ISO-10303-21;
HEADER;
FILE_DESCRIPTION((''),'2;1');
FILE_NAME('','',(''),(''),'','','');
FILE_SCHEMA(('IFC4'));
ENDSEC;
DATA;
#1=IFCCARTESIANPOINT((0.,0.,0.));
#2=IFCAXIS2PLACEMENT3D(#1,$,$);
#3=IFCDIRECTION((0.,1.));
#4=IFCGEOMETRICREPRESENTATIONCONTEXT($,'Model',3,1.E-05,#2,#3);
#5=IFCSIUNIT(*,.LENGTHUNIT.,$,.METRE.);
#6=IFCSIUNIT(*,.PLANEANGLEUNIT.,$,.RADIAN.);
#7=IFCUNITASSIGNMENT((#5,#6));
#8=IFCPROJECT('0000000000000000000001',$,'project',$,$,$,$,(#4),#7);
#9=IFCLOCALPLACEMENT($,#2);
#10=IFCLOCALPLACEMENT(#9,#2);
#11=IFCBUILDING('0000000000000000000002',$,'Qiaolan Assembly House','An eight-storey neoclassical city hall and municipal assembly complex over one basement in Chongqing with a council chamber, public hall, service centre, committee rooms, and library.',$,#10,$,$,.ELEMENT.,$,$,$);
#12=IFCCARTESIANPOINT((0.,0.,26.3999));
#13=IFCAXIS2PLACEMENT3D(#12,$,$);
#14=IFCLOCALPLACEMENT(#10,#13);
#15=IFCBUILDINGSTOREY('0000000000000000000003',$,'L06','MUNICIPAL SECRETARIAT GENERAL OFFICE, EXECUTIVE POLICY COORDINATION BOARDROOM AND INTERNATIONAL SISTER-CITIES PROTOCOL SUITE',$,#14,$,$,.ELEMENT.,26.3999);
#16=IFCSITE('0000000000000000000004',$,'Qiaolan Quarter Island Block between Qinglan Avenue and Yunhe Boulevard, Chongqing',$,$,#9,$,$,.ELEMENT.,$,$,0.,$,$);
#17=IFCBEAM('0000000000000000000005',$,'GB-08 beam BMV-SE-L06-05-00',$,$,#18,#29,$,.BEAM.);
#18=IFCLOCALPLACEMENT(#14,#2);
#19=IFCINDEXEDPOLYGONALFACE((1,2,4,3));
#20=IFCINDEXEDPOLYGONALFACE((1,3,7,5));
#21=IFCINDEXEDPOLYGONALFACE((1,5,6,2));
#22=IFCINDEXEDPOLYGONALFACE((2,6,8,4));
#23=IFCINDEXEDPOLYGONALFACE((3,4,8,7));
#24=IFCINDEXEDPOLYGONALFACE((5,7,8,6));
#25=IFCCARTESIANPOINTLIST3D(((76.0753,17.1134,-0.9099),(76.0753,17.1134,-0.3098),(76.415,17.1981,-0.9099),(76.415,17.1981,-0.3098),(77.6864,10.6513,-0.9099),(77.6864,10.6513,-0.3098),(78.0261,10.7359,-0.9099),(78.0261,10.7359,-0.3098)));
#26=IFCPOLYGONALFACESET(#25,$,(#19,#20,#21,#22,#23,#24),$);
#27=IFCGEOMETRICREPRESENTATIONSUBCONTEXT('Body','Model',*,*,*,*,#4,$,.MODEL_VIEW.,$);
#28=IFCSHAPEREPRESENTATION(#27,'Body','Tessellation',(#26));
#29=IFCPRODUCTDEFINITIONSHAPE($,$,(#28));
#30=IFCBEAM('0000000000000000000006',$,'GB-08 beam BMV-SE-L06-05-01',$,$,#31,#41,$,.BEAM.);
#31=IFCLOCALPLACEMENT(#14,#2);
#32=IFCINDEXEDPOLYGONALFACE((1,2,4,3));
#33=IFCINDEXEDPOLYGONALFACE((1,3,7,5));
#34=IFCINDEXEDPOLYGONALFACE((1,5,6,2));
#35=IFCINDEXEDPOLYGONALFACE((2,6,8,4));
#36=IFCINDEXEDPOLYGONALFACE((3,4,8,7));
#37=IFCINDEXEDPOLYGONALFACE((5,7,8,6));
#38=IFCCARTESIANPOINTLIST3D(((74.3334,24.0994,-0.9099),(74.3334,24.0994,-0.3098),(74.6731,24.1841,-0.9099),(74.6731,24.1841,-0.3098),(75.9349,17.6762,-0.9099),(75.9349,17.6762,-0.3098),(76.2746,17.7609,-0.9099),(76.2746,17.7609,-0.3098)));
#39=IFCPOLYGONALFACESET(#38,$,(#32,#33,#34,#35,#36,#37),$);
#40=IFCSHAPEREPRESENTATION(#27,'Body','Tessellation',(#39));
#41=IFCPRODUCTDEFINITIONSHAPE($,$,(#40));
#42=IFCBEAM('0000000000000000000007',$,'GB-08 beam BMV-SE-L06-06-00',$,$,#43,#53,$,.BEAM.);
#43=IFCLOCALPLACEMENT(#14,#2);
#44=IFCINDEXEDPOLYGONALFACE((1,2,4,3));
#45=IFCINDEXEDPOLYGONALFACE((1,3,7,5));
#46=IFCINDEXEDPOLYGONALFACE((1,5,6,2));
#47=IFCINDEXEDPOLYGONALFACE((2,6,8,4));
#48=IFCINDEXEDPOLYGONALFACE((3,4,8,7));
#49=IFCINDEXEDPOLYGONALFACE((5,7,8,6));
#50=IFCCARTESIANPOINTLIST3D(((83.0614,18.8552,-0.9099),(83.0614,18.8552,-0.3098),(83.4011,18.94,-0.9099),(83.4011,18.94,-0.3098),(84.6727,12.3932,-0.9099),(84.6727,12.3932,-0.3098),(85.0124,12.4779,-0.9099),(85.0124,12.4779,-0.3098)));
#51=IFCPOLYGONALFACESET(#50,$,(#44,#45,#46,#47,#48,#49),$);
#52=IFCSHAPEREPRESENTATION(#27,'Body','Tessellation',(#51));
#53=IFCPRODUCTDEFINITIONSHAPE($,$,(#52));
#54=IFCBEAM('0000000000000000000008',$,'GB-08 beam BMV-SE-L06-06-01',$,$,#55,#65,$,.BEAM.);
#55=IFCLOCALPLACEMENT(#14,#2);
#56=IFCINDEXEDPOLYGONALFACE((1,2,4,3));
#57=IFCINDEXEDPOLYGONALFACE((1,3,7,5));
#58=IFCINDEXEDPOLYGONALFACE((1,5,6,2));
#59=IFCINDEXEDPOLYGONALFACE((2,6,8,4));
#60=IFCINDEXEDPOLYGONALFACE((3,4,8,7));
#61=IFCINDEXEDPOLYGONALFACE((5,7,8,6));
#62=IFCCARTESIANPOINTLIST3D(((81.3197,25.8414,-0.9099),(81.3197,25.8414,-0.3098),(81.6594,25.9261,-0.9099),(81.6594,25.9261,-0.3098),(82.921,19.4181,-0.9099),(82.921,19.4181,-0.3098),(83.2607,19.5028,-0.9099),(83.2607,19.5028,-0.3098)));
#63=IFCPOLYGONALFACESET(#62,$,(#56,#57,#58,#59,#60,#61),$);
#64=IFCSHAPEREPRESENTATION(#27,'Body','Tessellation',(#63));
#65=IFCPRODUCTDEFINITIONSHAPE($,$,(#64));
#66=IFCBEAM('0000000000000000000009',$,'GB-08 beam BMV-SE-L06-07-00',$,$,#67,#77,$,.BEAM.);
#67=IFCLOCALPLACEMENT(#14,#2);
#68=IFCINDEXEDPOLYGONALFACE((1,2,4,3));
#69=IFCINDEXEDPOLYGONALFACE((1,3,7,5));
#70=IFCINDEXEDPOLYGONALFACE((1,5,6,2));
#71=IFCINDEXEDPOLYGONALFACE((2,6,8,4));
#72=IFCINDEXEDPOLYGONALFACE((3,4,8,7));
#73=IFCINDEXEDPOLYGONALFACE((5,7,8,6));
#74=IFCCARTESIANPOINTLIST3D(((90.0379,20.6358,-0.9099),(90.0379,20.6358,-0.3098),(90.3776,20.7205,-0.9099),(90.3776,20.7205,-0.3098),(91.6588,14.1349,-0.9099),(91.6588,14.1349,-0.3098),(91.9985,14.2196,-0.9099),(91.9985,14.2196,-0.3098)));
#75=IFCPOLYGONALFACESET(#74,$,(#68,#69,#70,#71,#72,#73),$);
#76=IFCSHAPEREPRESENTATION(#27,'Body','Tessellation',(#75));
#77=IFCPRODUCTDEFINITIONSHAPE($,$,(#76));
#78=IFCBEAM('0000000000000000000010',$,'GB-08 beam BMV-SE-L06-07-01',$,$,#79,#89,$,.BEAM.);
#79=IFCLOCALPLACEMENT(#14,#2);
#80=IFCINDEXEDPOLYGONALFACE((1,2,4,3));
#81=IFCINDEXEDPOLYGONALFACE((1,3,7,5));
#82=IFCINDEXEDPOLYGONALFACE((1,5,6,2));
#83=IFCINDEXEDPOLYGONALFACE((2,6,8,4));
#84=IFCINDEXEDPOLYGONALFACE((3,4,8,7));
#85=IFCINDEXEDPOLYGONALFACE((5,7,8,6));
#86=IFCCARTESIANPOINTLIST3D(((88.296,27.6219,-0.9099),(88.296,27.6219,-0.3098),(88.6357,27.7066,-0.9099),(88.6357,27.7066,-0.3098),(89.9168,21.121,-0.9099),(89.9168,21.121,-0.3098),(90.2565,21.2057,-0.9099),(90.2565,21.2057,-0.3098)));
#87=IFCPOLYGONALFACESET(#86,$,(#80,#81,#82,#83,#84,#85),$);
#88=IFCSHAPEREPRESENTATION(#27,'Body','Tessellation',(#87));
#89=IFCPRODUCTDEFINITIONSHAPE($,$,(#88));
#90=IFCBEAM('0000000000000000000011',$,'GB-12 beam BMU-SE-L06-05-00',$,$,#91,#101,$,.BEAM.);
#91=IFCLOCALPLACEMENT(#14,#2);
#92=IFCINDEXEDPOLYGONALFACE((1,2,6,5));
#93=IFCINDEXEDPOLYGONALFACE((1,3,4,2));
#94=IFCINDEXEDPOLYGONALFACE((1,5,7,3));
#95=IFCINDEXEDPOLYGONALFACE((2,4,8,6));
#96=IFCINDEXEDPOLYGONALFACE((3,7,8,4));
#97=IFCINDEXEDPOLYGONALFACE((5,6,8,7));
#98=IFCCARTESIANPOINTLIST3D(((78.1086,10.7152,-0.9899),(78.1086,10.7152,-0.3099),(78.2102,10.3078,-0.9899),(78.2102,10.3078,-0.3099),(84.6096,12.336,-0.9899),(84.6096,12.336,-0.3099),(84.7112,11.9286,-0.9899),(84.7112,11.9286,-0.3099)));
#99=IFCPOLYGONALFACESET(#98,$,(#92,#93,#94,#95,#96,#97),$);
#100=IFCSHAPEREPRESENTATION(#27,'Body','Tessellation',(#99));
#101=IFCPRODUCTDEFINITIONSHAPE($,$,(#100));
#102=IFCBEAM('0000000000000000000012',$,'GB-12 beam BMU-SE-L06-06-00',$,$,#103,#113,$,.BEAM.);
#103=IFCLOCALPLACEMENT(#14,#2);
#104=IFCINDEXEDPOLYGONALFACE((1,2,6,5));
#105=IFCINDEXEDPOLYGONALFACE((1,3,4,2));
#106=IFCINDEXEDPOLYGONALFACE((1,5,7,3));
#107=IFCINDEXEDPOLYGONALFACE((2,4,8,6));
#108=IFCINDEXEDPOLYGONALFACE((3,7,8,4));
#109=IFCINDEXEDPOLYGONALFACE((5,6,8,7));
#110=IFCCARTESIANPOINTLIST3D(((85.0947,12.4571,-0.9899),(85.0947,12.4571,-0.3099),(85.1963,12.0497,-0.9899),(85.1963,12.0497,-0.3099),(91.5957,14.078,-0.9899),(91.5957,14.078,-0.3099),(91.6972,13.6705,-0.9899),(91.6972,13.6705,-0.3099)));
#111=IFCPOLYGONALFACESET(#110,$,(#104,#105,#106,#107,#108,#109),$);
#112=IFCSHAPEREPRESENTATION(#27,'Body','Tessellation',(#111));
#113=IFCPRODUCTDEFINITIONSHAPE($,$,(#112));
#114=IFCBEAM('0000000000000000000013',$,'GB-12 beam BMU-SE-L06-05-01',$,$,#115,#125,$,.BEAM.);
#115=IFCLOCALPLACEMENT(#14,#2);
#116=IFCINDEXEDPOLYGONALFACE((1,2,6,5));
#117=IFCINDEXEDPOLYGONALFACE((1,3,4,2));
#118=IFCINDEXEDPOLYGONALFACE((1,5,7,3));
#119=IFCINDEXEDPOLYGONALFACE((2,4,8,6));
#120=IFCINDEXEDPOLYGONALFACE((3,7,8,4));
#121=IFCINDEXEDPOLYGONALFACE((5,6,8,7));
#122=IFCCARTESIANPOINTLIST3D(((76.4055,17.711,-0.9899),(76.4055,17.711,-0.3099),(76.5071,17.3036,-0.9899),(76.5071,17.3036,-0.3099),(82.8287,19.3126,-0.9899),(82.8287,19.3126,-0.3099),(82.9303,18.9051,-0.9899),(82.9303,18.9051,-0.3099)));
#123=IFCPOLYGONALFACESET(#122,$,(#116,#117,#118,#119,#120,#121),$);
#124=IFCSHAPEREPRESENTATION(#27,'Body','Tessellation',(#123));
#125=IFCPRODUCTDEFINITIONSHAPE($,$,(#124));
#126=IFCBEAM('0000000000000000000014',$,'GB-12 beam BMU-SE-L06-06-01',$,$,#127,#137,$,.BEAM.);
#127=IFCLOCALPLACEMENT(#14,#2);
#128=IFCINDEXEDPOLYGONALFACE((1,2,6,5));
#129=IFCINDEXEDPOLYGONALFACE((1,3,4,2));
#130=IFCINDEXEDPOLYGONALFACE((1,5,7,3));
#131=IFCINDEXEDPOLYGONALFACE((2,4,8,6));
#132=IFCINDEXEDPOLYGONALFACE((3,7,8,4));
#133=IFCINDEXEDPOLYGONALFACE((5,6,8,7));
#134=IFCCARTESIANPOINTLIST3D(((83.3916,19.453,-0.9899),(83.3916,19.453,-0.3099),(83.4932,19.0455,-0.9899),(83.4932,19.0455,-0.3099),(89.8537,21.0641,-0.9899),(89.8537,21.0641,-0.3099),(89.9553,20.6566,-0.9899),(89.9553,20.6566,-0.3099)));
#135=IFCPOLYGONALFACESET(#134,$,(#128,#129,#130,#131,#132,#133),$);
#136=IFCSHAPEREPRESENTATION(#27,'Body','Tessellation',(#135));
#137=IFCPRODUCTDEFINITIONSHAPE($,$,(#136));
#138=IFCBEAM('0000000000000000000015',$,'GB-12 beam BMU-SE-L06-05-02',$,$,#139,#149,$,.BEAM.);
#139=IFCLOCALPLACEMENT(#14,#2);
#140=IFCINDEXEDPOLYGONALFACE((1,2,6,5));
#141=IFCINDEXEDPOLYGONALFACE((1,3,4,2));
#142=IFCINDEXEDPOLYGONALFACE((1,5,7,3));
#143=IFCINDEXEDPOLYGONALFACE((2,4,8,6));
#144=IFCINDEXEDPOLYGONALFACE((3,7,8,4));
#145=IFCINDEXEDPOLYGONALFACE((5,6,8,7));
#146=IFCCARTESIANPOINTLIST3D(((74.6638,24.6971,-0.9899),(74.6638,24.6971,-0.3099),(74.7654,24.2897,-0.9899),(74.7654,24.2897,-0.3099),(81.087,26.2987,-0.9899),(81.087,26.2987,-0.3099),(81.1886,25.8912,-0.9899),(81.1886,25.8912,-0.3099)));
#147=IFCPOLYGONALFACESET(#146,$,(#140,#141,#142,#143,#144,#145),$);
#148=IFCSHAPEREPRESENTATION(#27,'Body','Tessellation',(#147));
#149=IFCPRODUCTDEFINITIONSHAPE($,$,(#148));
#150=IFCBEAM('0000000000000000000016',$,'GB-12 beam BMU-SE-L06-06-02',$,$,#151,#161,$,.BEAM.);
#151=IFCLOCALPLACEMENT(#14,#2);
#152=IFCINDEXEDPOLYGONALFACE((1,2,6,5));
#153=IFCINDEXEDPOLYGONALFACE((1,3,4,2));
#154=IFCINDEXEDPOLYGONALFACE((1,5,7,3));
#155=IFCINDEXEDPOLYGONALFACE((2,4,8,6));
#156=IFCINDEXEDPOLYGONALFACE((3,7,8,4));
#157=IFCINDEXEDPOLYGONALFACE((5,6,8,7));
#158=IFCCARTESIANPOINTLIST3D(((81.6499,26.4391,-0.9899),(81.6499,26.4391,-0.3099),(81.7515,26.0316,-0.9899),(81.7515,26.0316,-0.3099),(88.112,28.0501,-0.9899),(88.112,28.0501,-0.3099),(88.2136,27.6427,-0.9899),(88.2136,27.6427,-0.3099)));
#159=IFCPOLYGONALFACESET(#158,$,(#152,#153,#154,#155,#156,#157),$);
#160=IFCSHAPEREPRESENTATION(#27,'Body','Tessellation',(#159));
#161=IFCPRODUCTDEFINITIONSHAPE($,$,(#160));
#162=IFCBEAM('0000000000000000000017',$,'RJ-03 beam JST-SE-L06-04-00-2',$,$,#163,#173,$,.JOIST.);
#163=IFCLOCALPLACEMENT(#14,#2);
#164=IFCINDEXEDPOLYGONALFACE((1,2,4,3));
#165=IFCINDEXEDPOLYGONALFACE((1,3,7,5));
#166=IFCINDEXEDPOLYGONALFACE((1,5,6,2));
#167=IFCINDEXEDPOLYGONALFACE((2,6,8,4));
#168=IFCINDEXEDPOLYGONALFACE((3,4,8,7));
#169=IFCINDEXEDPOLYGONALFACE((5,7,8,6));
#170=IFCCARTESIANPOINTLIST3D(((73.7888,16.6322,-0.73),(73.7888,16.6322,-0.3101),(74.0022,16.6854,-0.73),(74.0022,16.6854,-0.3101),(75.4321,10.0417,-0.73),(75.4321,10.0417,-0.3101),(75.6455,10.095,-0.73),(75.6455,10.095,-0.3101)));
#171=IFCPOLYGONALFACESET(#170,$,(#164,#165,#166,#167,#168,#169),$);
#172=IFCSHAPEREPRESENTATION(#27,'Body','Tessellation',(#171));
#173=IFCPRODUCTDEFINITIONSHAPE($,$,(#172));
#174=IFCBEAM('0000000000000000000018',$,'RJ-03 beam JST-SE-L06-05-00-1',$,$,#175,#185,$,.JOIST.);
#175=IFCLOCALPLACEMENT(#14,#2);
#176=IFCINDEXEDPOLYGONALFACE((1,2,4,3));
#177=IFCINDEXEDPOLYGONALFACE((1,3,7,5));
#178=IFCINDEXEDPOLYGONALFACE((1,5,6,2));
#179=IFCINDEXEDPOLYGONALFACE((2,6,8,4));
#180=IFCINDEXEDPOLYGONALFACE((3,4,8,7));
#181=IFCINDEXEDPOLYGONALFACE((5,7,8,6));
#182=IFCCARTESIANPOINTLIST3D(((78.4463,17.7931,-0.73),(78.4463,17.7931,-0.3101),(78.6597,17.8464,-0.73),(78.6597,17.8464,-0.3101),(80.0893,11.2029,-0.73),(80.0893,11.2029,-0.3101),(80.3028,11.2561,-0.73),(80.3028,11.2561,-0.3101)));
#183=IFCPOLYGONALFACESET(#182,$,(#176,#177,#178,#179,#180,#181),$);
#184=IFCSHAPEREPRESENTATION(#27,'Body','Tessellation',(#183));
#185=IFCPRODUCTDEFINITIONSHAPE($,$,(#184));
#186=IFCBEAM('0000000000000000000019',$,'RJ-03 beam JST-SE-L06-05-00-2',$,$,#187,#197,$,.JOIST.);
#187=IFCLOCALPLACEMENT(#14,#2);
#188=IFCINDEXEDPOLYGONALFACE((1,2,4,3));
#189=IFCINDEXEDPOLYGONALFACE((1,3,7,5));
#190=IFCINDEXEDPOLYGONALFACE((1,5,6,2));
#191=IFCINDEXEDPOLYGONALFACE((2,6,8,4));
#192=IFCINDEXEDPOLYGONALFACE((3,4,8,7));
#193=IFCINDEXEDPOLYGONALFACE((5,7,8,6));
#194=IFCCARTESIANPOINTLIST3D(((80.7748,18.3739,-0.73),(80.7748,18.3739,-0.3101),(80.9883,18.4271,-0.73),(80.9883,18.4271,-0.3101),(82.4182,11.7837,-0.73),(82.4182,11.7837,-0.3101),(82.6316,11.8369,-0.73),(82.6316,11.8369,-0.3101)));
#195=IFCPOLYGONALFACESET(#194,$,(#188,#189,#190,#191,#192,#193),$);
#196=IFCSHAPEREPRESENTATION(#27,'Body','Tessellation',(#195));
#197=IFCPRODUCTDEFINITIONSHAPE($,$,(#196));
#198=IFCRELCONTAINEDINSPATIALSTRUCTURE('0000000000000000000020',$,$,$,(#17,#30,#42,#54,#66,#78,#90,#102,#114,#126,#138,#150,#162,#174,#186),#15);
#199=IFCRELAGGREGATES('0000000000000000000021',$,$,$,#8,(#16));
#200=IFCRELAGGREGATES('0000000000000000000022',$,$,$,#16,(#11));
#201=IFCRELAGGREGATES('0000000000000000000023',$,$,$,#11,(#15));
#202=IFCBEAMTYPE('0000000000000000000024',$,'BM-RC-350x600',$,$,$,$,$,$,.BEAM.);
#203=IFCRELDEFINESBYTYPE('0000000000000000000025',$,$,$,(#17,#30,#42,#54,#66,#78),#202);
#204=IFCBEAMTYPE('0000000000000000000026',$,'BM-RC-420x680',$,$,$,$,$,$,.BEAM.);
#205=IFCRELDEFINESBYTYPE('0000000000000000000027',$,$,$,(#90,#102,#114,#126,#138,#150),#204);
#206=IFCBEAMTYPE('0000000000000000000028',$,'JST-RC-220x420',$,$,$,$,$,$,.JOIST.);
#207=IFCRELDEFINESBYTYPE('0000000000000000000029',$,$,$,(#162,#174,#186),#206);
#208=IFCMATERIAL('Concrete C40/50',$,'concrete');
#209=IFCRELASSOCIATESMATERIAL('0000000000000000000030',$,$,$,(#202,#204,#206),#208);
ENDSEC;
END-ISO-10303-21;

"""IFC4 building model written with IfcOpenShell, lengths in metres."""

from ifc_helpers import new_model, si_unit, direction, frame, origin, origin_2d, place, context, subcontext, project, spatial, rectangle, extrude, material, material_profile, profile_set, type_object, element, save


model = new_model("IFC4")

# Units and contexts
model_context = context("Model", 3, precision=1e-05, world=origin(), true_north=direction((0.0, 1.0)))
body_context = subcontext(model_context, "Body", "Model", "MODEL_VIEW")
ifc_project = project(units=[si_unit("LENGTHUNIT", "METRE"), si_unit("PLANEANGLEUNIT", "RADIAN")], contexts=[model_context])

# Site, building, storey
site_placement = place(None, origin())
site = spatial("IfcSite", under=ifc_project, at=site_placement, Name="Qiaolan Quarter Island Block between Qinglan Avenue and Yunhe Boulevard, Chongqing", CompositionType="ELEMENT", RefElevation=0.0)
building_placement = place(site_placement, origin())
building = spatial("IfcBuilding", under=site, at=building_placement, Name="Qiaolan Assembly House", Description="An eight-storey neoclassical city hall and municipal assembly complex over one basement in Chongqing with a council chamber, public hall, service centre, committee rooms, and library.", CompositionType="ELEMENT")
storey_placement = place(building_placement, frame((0.0, 0.0, 26.3999)))
storey = spatial("IfcBuildingStorey", under=building, at=storey_placement, Name="L06", Description="MUNICIPAL SECRETARIAT GENERAL OFFICE, EXECUTIVE POLICY COORDINATION BOARDROOM AND INTERNATIONAL SISTER-CITIES PROTOCOL SUITE", CompositionType="ELEMENT", Elevation=26.3999)

# Beams
ifc_material_1 = material(Name="Concrete C40/50", Category="concrete")
ifc_material_profile_1 = material_profile(ifc_material_1, rectangle(XDim=0.3501, YDim=0.6001, at=origin_2d()), Name="RCB 350x600")
ifc_profile_set_1 = profile_set([ifc_material_profile_1], Name="Concrete C40/50")
beam_type_1 = type_object("IfcBeamType", Name="BM-RC-350x600", PredefinedType="BEAM", material=ifc_profile_set_1)
beam_1_placement = place(storey_placement, frame((77.8562, 10.6936, -0.6099), z_axis=(-0.241906, 0.9703, 0.0), x_axis=(-0.9703, -0.241906, 0.0)))
element("IfcBeam", 1, at=beam_1_placement, inside=storey, type_object=beam_type_1, Name="GB-08 beam BMV-SE-L06-05-00", PredefinedType="BEAM", context=body_context, shape_type="SweptSolid", body=[
    extrude(rectangle(XDim=0.3501, YDim=0.6001, at=origin_2d()), origin(), (0.0, 0.0, 1.0), 6.6599),
])
beam_2_placement = place(storey_placement, frame((76.1047, 17.7185, -0.6099), z_axis=(-0.241928, 0.970294, 0.0), x_axis=(-0.970294, -0.241928, 0.0)))
element("IfcBeam", 2, at=beam_2_placement, inside=storey, type_object=beam_type_1, Name="GB-08 beam BMV-SE-L06-05-01", PredefinedType="BEAM", context=body_context, shape_type="SweptSolid", body=[
    extrude(rectangle(XDim=0.3501, YDim=0.6001, at=origin_2d()), origin(), (0.0, 0.0, 1.0), 6.6199),
])
beam_3_placement = place(storey_placement, frame((84.8425, 12.4355, -0.6099), z_axis=(-0.24194, 0.970291, 0.0), x_axis=(-0.970291, -0.24194, 0.0)))
element("IfcBeam", 3, at=beam_3_placement, inside=storey, type_object=beam_type_1, Name="GB-08 beam BMV-SE-L06-06-00", PredefinedType="BEAM", context=body_context, shape_type="SweptSolid", body=[
    extrude(rectangle(XDim=0.3501, YDim=0.6001, at=origin_2d()), origin(), (0.0, 0.0, 1.0), 6.6599),
])
beam_4_placement = place(storey_placement, frame((83.0908, 19.4604, -0.6099), z_axis=(-0.241893, 0.970303, 0.0), x_axis=(-0.970303, -0.241893, 0.0)))
element("IfcBeam", 4, at=beam_4_placement, inside=storey, type_object=beam_type_1, Name="GB-08 beam BMV-SE-L06-06-01", PredefinedType="BEAM", context=body_context, shape_type="SweptSolid", body=[
    extrude(rectangle(XDim=0.3501, YDim=0.6001, at=origin_2d()), origin(), (0.0, 0.0, 1.0), 6.6199),
])
for number, where, z_axis, x_axis, name in (
    (5, (91.8286, 14.1772, -0.6099), (-0.241918, 0.970297, 0.0), (-0.970297, -0.241918, 0.0), "GB-08 beam BMV-SE-L06-07-00"),
    (6, (90.0867, 21.1633, -0.6099), (-0.241918, 0.970297, 0.0), (-0.970297, -0.241918, 0.0), "GB-08 beam BMV-SE-L06-07-01"),
):
    element("IfcBeam", number, at=place(storey_placement, frame(where, z_axis=z_axis, x_axis=x_axis)), inside=storey, type_object=beam_type_1, Name=name, PredefinedType="BEAM", context=body_context, shape_type="SweptSolid", body=[
        extrude(rectangle(XDim=0.3501, YDim=0.6001, at=origin_2d()), origin(), (0.0, 0.0, 1.0), 6.7),
    ])
ifc_material_profile_2 = material_profile(ifc_material_1, rectangle(XDim=0.4199, YDim=0.6799, at=origin_2d()), Name="RCB 420x680")
ifc_profile_set_2 = profile_set([ifc_material_profile_2], Name="Concrete C40/50")
beam_type_2 = type_object("IfcBeamType", Name="BM-RC-420x680", PredefinedType="BEAM", material=ifc_profile_set_2)
for number, where, z_axis, x_axis, name in (
    (7, (78.1594, 10.5115, -0.6499), (0.970297, 0.241918, 0.0), (-0.241918, 0.970297, 0.0), "GB-12 beam BMU-SE-L06-05-00"),
    (8, (85.1455, 12.2534, -0.6499), (0.970297, 0.241918, 0.0), (-0.241918, 0.970297, 0.0), "GB-12 beam BMU-SE-L06-06-00"),
):
    element("IfcBeam", number, at=place(storey_placement, frame(where, z_axis=z_axis, x_axis=x_axis)), inside=storey, type_object=beam_type_2, Name=name, PredefinedType="BEAM", context=body_context, shape_type="SweptSolid", body=[
        extrude(rectangle(XDim=0.4199, YDim=0.6799, at=origin_2d()), origin(), (0.0, 0.0, 1.0), 6.7),
    ])
beam_5_placement = place(storey_placement, frame((76.4563, 17.5073, -0.6499), z_axis=(0.970294, 0.241928, 0.0), x_axis=(-0.241928, 0.970294, 0.0)))
element("IfcBeam", 9, at=beam_5_placement, inside=storey, type_object=beam_type_2, Name="GB-12 beam BMU-SE-L06-05-01", PredefinedType="BEAM", context=body_context, shape_type="SweptSolid", body=[
    extrude(rectangle(XDim=0.4199, YDim=0.6799, at=origin_2d()), origin(), (0.0, 0.0, 1.0), 6.6199),
])
beam_6_placement = place(storey_placement, frame((83.4424, 19.2493, -0.6499), z_axis=(0.9703, 0.241906, 0.0), x_axis=(-0.241906, 0.9703, 0.0)))
element("IfcBeam", 10, at=beam_6_placement, inside=storey, type_object=beam_type_2, Name="GB-12 beam BMU-SE-L06-06-01", PredefinedType="BEAM", context=body_context, shape_type="SweptSolid", body=[
    extrude(rectangle(XDim=0.4199, YDim=0.6799, at=origin_2d()), origin(), (0.0, 0.0, 1.0), 6.6599),
])
beam_7_placement = place(storey_placement, frame((74.7146, 24.4934, -0.6499), z_axis=(0.970294, 0.241928, 0.0), x_axis=(-0.241928, 0.970294, 0.0)))
element("IfcBeam", 11, at=beam_7_placement, inside=storey, type_object=beam_type_2, Name="GB-12 beam BMU-SE-L06-05-02", PredefinedType="BEAM", context=body_context, shape_type="SweptSolid", body=[
    extrude(rectangle(XDim=0.4199, YDim=0.6799, at=origin_2d()), origin(), (0.0, 0.0, 1.0), 6.6199),
])
beam_8_placement = place(storey_placement, frame((81.7007, 26.2354, -0.6499), z_axis=(0.9703, 0.241906, 0.0), x_axis=(-0.241906, 0.9703, 0.0)))
element("IfcBeam", 12, at=beam_8_placement, inside=storey, type_object=beam_type_2, Name="GB-12 beam BMU-SE-L06-06-02", PredefinedType="BEAM", context=body_context, shape_type="SweptSolid", body=[
    extrude(rectangle(XDim=0.4199, YDim=0.6799, at=origin_2d()), origin(), (0.0, 0.0, 1.0), 6.6599),
])
ifc_material_profile_3 = material_profile(ifc_material_1, rectangle(XDim=0.22, YDim=0.4199, at=origin_2d()), Name="RCB 220x420")
ifc_profile_set_3 = profile_set([ifc_material_profile_3], Name="Concrete C40/50")
beam_type_3 = type_object("IfcBeamType", Name="JST-RC-220x420", PredefinedType="JOIST", material=ifc_profile_set_3)
beam_9_placement = place(storey_placement, frame((75.5388, 10.0684, -0.52), z_axis=(-0.241944, 0.97029, 0.0), x_axis=(-0.97029, -0.241944, 0.0)))
element("IfcBeam", 13, at=beam_9_placement, inside=storey, type_object=beam_type_3, Name="RJ-03 beam JST-SE-L06-04-00-2", PredefinedType="JOIST", context=body_context, shape_type="SweptSolid", body=[
    extrude(rectangle(XDim=0.22, YDim=0.4199, at=origin_2d()), origin(), (0.0, 0.0, 1.0), 6.7922),
])
for number, where, z_axis, x_axis, name in (
    (14, (80.196, 11.2295, -0.52), (-0.24191, 0.970299, 0.0), (-0.970299, -0.24191, 0.0), "RJ-03 beam JST-SE-L06-05-00-1"),
    (15, (82.5249, 11.8103, -0.52), (-0.241952, 0.970288, 0.0), (-0.970288, -0.241952, 0.0), "RJ-03 beam JST-SE-L06-05-00-2"),
):
    element("IfcBeam", number, at=place(storey_placement, frame(where, z_axis=z_axis, x_axis=x_axis)), inside=storey, type_object=beam_type_3, Name=name, PredefinedType="JOIST", context=body_context, shape_type="SweptSolid", body=[
        extrude(rectangle(XDim=0.22, YDim=0.4199, at=origin_2d()), origin(), (0.0, 0.0, 1.0), 6.792),
    ])

save(model, "model.ifc")
